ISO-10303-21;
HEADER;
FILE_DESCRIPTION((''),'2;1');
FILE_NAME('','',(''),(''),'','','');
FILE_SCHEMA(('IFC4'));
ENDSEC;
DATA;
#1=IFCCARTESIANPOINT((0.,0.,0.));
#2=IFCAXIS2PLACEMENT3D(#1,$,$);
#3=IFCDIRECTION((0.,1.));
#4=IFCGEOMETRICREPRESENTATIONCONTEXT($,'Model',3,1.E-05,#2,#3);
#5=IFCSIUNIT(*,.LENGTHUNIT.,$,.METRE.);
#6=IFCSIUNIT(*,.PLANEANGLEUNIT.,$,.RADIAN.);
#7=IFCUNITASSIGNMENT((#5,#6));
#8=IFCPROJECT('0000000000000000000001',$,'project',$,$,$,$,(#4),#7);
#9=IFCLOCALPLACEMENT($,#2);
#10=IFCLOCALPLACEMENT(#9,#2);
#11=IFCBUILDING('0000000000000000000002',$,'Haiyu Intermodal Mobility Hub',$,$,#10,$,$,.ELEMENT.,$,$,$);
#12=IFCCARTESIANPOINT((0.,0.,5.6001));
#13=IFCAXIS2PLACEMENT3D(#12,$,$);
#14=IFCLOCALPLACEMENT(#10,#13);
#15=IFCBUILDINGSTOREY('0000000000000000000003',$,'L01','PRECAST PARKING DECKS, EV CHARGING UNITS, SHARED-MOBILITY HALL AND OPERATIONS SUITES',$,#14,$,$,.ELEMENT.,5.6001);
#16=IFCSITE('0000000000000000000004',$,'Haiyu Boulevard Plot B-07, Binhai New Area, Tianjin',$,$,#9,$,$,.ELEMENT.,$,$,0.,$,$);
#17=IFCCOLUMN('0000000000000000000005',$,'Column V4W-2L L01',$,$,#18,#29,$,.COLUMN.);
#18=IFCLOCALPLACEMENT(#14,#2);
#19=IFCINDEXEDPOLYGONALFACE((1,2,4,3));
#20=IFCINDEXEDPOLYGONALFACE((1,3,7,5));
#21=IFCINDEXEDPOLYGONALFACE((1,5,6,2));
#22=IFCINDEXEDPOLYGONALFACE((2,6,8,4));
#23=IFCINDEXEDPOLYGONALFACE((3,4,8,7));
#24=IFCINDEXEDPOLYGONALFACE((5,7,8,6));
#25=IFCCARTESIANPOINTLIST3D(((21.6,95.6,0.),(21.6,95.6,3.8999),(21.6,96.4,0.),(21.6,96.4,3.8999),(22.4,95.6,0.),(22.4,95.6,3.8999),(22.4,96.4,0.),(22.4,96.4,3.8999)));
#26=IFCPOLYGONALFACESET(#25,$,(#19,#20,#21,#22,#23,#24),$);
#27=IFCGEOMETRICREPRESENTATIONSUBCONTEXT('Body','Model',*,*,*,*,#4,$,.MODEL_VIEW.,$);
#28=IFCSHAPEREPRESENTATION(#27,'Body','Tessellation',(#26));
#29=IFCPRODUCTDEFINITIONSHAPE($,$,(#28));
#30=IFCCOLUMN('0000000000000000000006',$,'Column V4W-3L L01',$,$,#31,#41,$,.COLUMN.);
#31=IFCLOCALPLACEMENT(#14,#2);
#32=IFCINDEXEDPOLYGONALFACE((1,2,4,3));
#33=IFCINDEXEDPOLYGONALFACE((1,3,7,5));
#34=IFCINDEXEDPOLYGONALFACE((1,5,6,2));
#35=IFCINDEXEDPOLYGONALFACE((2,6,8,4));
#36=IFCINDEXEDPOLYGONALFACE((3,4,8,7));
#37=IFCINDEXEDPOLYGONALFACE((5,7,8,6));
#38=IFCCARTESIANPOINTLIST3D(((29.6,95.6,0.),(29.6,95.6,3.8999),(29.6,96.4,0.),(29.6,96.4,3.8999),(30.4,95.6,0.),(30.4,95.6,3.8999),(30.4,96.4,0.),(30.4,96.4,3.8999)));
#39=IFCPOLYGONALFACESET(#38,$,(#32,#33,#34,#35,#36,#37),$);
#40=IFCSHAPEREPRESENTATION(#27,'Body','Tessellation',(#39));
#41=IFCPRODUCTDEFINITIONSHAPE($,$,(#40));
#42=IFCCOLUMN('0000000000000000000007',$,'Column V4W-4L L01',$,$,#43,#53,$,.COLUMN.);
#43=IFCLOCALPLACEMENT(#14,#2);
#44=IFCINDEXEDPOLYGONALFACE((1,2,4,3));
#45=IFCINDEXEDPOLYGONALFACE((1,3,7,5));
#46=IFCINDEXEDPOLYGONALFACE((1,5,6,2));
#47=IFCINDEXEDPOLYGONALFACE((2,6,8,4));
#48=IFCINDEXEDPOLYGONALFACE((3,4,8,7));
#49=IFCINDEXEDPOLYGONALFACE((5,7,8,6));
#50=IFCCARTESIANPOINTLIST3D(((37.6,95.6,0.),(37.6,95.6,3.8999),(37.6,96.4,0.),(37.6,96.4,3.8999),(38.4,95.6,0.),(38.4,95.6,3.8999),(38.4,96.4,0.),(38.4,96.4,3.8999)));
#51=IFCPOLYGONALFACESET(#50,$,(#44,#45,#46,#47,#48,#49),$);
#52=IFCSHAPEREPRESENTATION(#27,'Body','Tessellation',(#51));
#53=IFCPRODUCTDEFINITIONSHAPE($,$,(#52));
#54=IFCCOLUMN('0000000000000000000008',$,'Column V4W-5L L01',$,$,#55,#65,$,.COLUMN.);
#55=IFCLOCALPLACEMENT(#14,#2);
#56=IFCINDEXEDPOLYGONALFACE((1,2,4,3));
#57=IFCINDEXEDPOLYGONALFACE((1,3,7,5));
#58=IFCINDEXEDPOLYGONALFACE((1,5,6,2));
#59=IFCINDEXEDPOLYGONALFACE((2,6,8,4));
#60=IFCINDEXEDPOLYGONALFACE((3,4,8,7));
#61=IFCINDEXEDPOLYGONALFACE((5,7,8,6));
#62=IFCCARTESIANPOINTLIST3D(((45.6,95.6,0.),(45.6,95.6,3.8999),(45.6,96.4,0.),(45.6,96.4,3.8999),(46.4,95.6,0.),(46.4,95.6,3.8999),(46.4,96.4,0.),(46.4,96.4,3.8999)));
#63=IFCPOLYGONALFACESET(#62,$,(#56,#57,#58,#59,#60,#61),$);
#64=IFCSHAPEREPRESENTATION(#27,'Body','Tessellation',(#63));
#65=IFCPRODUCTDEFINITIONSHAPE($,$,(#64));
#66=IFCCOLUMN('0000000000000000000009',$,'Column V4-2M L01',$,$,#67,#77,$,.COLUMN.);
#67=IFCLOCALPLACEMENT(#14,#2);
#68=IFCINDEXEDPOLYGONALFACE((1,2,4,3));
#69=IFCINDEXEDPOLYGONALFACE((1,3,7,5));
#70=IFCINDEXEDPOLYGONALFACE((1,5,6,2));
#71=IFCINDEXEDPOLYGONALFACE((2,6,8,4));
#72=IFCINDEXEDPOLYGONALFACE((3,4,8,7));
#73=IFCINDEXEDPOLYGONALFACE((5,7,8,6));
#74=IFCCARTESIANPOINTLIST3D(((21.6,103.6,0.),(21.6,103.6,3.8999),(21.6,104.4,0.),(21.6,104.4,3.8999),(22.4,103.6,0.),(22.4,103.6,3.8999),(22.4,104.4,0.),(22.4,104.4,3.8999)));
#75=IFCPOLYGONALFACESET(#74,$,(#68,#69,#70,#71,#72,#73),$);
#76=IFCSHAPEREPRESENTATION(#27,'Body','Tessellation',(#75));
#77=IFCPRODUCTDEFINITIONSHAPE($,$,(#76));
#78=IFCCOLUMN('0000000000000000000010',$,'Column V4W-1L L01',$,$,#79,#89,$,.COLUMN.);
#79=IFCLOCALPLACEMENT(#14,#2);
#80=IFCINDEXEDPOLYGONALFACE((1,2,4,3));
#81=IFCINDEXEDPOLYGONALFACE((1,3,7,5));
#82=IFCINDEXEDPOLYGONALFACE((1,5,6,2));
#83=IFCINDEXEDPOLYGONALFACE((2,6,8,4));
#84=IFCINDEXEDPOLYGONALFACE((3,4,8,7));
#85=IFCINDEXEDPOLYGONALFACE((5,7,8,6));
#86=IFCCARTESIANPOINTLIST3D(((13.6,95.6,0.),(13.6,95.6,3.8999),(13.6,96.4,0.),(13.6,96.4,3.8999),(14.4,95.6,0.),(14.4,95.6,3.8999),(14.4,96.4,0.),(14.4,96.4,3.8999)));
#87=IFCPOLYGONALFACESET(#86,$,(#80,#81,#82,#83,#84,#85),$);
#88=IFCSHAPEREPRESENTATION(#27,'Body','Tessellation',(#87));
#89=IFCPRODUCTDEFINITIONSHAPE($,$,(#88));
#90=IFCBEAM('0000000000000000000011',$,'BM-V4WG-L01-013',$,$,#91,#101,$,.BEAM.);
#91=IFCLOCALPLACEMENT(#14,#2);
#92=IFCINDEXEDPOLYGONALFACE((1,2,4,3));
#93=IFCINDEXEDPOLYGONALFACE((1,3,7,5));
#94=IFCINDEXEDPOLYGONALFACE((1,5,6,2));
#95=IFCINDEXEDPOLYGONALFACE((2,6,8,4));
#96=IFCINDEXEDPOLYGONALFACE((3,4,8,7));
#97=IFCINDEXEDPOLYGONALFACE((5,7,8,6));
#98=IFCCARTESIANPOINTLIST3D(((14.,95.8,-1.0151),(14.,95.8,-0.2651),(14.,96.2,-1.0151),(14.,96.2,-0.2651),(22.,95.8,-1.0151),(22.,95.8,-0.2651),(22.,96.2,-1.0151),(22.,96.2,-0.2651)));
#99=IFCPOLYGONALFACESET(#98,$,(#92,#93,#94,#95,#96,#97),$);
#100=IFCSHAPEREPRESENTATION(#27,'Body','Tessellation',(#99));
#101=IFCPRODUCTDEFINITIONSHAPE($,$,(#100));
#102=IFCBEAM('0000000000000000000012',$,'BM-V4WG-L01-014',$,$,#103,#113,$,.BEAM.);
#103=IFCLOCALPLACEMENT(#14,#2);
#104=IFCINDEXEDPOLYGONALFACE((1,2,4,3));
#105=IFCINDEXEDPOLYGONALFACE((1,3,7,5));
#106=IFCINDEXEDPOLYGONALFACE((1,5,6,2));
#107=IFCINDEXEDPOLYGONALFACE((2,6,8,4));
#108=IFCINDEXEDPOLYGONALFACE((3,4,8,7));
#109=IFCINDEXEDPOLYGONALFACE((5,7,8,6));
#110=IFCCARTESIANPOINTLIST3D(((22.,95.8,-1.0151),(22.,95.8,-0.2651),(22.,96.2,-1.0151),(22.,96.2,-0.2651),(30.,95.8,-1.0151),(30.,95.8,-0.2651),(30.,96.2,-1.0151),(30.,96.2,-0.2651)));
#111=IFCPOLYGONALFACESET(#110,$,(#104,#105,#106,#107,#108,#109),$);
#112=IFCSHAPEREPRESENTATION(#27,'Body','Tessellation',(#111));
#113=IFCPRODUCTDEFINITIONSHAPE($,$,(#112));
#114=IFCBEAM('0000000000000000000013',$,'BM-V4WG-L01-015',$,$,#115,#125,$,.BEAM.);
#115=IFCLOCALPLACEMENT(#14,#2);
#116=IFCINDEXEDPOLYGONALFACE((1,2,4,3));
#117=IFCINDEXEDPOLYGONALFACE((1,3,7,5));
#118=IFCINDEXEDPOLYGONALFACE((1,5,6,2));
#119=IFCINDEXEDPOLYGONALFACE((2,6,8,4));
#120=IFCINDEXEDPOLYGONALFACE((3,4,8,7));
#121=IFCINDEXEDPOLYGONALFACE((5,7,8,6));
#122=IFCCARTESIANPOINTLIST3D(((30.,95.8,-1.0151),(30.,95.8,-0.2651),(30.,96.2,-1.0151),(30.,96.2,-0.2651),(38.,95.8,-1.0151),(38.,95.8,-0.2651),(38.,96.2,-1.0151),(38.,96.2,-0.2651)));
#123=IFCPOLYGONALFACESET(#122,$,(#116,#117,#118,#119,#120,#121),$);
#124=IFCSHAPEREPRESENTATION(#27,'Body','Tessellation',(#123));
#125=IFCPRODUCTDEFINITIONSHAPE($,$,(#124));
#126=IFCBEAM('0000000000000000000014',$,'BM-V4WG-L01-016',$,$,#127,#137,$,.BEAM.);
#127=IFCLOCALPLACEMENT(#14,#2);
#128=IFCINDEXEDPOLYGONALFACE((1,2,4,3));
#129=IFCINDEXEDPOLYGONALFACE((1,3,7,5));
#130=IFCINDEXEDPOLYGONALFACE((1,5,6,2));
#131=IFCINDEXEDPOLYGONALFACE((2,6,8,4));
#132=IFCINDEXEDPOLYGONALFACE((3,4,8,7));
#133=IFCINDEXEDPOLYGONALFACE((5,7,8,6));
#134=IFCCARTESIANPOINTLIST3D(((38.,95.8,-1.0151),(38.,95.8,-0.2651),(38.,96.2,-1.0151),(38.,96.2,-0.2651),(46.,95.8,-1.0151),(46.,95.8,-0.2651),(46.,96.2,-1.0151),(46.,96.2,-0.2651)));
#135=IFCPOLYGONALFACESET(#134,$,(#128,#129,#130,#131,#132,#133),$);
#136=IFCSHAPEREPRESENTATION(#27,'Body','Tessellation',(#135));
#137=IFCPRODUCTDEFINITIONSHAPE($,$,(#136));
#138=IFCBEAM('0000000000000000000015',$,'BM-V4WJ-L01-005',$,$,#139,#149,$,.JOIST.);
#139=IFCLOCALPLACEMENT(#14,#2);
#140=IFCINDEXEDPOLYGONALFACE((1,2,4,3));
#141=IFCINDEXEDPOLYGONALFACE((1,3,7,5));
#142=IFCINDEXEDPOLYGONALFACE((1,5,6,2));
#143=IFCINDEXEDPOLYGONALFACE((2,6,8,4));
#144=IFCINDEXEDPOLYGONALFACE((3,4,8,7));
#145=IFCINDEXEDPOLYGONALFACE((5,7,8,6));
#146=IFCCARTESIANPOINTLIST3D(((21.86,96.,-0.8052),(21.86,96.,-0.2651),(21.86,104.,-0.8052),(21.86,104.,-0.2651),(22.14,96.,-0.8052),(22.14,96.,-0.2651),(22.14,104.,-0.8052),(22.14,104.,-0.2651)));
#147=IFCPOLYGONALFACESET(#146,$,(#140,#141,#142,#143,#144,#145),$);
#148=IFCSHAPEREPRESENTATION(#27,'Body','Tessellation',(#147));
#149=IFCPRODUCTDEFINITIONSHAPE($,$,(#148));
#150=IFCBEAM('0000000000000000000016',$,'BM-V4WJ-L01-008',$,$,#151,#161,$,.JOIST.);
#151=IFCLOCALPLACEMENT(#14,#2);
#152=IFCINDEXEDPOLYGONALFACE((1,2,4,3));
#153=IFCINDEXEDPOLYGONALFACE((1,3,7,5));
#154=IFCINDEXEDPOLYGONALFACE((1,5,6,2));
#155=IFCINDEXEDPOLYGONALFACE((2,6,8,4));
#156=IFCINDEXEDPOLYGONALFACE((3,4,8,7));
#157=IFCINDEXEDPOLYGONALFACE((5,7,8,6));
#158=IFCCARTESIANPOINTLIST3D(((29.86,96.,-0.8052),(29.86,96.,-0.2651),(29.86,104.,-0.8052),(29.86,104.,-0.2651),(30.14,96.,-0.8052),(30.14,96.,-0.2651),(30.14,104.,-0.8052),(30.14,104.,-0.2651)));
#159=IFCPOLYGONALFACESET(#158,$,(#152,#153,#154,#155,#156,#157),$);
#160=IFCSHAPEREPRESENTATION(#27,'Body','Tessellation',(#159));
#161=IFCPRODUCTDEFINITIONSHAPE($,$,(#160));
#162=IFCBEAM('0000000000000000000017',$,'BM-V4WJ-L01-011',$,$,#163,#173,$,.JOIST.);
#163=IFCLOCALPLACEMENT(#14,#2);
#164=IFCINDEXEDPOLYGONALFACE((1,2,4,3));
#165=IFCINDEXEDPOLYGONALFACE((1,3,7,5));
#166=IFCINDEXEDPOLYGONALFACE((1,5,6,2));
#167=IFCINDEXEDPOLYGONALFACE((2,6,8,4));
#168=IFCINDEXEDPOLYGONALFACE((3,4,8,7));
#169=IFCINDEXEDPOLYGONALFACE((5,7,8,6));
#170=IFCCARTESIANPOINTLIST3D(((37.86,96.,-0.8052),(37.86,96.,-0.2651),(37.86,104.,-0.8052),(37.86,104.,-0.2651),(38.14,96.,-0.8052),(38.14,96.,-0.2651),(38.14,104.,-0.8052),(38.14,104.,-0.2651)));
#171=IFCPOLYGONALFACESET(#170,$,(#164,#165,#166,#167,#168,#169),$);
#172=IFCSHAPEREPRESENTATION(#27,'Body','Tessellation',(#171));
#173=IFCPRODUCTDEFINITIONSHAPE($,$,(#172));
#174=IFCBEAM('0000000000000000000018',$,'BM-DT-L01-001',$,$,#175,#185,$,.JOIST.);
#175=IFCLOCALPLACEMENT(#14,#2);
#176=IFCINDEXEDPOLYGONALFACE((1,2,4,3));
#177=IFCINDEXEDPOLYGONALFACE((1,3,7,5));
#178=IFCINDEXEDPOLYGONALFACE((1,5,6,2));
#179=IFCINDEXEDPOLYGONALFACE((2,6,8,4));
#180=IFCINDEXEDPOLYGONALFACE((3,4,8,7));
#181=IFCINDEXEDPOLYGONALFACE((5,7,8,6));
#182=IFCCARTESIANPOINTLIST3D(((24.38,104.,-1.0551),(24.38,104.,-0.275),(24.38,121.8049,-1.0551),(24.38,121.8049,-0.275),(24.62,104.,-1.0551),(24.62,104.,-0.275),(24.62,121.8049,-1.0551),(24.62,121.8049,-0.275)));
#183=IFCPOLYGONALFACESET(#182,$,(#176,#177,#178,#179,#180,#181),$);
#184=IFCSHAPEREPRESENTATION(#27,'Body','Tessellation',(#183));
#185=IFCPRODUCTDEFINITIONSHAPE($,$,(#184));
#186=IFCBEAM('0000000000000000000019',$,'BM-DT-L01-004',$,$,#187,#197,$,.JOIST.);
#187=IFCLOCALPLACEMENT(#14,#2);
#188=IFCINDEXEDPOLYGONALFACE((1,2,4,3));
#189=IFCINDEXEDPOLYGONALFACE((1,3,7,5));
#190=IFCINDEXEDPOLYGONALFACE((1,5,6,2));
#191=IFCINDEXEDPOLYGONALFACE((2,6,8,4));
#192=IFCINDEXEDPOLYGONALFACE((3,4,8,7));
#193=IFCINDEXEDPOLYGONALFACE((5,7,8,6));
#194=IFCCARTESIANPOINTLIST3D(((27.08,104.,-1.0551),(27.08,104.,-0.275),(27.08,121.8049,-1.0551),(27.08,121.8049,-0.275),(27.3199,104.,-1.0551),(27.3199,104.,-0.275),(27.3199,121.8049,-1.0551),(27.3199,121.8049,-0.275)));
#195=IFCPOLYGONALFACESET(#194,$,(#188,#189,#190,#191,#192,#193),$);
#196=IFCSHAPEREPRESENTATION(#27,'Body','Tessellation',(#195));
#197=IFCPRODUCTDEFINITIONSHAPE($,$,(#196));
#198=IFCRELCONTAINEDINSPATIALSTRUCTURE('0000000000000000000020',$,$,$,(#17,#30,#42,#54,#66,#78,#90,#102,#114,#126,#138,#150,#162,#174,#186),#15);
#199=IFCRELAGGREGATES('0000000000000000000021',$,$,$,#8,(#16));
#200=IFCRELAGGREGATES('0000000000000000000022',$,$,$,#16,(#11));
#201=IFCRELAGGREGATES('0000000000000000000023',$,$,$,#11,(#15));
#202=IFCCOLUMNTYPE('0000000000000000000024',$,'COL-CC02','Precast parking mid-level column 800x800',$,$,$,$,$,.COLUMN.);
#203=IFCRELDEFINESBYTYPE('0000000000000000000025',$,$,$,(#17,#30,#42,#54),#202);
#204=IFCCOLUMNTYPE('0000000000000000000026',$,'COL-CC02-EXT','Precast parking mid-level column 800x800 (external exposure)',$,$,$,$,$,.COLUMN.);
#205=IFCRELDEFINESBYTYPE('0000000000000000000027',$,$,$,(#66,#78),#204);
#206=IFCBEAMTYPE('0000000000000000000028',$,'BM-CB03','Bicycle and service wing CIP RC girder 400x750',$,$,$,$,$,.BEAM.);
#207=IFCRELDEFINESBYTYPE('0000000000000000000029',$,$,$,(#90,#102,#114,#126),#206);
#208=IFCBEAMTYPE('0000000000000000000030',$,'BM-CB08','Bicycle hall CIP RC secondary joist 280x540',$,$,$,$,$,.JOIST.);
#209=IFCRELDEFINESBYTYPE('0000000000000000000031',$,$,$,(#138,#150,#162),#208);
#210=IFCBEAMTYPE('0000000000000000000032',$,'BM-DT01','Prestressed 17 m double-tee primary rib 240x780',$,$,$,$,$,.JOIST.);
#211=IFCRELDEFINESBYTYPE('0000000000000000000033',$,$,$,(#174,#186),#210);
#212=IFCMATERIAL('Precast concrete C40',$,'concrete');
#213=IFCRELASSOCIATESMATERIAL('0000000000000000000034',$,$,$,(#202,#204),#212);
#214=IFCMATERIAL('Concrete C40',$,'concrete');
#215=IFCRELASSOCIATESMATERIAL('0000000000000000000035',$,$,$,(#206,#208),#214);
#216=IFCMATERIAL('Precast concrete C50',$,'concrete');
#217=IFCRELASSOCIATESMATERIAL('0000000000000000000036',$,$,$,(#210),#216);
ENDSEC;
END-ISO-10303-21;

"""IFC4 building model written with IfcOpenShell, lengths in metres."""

from ifc_helpers import new_model, si_unit, direction, frame, origin, origin_2d, place, context, subcontext, project, spatial, rectangle, extrude, material, material_profile, profile_set, type_object, element, save


model = new_model("IFC4")

# Units and contexts
model_context = context("Model", 3, precision=1e-05, world=origin(), true_north=direction((0.0, 1.0)))
body_context = subcontext(model_context, "Body", "Model", "MODEL_VIEW")
ifc_project = project(units=[si_unit("LENGTHUNIT", "METRE"), si_unit("PLANEANGLEUNIT", "RADIAN")], contexts=[model_context])

# Site, building, storey
site_placement = place(None, origin())
site = spatial("IfcSite", under=ifc_project, at=site_placement, Name="Haiyu Boulevard Plot B-07, Binhai New Area, Tianjin", CompositionType="ELEMENT", RefElevation=0.0)
building_placement = place(site_placement, origin())
building = spatial("IfcBuilding", under=site, at=building_placement, Name="Haiyu Intermodal Mobility Hub", CompositionType="ELEMENT")
storey_placement = place(building_placement, frame((0.0, 0.0, 5.6001)))
storey = spatial("IfcBuildingStorey", under=building, at=storey_placement, Name="L01", Description="PRECAST PARKING DECKS, EV CHARGING UNITS, SHARED-MOBILITY HALL AND OPERATIONS SUITES", CompositionType="ELEMENT", Elevation=5.6001)

# Columns
ifc_material_1 = material(Name="Precast concrete C40", Category="concrete")
ifc_material_profile_1 = material_profile(ifc_material_1, rectangle(XDim=0.8, YDim=0.8, at=origin_2d()), Name="RC800x800")
ifc_profile_set_1 = profile_set([ifc_material_profile_1], Name="Precast concrete C40")
column_type_1 = type_object("IfcColumnType", Name="COL-CC02", Description="Precast parking mid-level column 800x800", PredefinedType="COLUMN", material=ifc_profile_set_1)
for number, where, z_axis, x_axis, name in (
    (1, (22.0, 96.0, 0.0), (0.0, 0.0, 1.0), (1.0, 0.0, 0.0), "Column V4W-2L L01"),
    (2, (30.0, 96.0, 0.0), (0.0, 0.0, 1.0), (1.0, 0.0, 0.0), "Column V4W-3L L01"),
    (3, (38.0, 96.0, 0.0), (0.0, 0.0, 1.0), (1.0, 0.0, 0.0), "Column V4W-4L L01"),
    (4, (46.0, 96.0, 0.0), (0.0, 0.0, 1.0), (1.0, 0.0, 0.0), "Column V4W-5L L01"),
):
    element("IfcColumn", number, at=place(storey_placement, frame(where, z_axis=z_axis, x_axis=x_axis)), inside=storey, type_object=column_type_1, Name=name, PredefinedType="COLUMN", context=body_context, shape_type="SweptSolid", body=[
        extrude(rectangle(XDim=0.8, YDim=0.8, at=origin_2d()), origin(), (0.0, 0.0, 1.0), 3.8999),
    ])
ifc_material_profile_2 = material_profile(ifc_material_1, rectangle(XDim=0.8, YDim=0.8, at=origin_2d()), Name="RC800x800")
ifc_profile_set_2 = profile_set([ifc_material_profile_2], Name="Precast concrete C40")
column_type_2 = type_object("IfcColumnType", Name="COL-CC02-EXT", Description="Precast parking mid-level column 800x800 (external exposure)", PredefinedType="COLUMN", material=ifc_profile_set_2)
for number, where, z_axis, x_axis, name in (
    (5, (22.0, 104.0, 0.0), (0.0, 0.0, 1.0), (1.0, 0.0, 0.0), "Column V4-2M L01"),
    (6, (14.0, 96.0, 0.0), (0.0, 0.0, 1.0), (1.0, 0.0, 0.0), "Column V4W-1L L01"),
):
    element("IfcColumn", number, at=place(storey_placement, frame(where, z_axis=z_axis, x_axis=x_axis)), inside=storey, type_object=column_type_2, Name=name, PredefinedType="COLUMN", context=body_context, shape_type="SweptSolid", body=[
        extrude(rectangle(XDim=0.8, YDim=0.8, at=origin_2d()), origin(), (0.0, 0.0, 1.0), 3.8999),
    ])

# Beams
ifc_material_2 = material(Name="Concrete C40", Category="concrete")
ifc_material_profile_3 = material_profile(ifc_material_2, rectangle(XDim=0.3999, YDim=0.75, at=origin_2d()), Name="RCB400x750")
ifc_profile_set_3 = profile_set([ifc_material_profile_3], Name="Concrete C40")
beam_type_1 = type_object("IfcBeamType", Name="BM-CB03", Description="Bicycle and service wing CIP RC girder 400x750", PredefinedType="BEAM", material=ifc_profile_set_3)
for number, where, z_axis, x_axis, name in (
    (7, (14.0, 96.0, -0.6401), (1.0, 0.0, 0.0), (0.0, 1.0, 0.0), "BM-V4WG-L01-013"),
    (8, (22.0, 96.0, -0.6401), (1.0, 0.0, 0.0), (0.0, 1.0, 0.0), "BM-V4WG-L01-014"),
    (9, (30.0, 96.0, -0.6401), (1.0, 0.0, 0.0), (0.0, 1.0, 0.0), "BM-V4WG-L01-015"),
    (10, (38.0, 96.0, -0.6401), (1.0, 0.0, 0.0), (0.0, 1.0, 0.0), "BM-V4WG-L01-016"),
):
    element("IfcBeam", number, at=place(storey_placement, frame(where, z_axis=z_axis, x_axis=x_axis)), inside=storey, type_object=beam_type_1, Name=name, PredefinedType="BEAM", context=body_context, shape_type="SweptSolid", body=[
        extrude(rectangle(XDim=0.3999, YDim=0.75, at=origin_2d()), origin(), (0.0, 0.0, 1.0), 8.0),
    ])
ifc_material_profile_4 = material_profile(ifc_material_2, rectangle(XDim=0.28, YDim=0.54, at=origin_2d()), Name="RCB280x540")
ifc_profile_set_4 = profile_set([ifc_material_profile_4], Name="Concrete C40")
beam_type_2 = type_object("IfcBeamType", Name="BM-CB08", Description="Bicycle hall CIP RC secondary joist 280x540", PredefinedType="JOIST", material=ifc_profile_set_4)
for number, where, z_axis, x_axis, name in (
    (11, (22.0, 96.0, -0.5352), (0.0, 1.0, 0.0), (-1.0, 0.0, 0.0), "BM-V4WJ-L01-005"),
    (12, (30.0, 96.0, -0.5352), (0.0, 1.0, 0.0), (-1.0, 0.0, 0.0), "BM-V4WJ-L01-008"),
    (13, (38.0, 96.0, -0.5352), (0.0, 1.0, 0.0), (-1.0, 0.0, 0.0), "BM-V4WJ-L01-011"),
):
    element("IfcBeam", number, at=place(storey_placement, frame(where, z_axis=z_axis, x_axis=x_axis)), inside=storey, type_object=beam_type_2, Name=name, PredefinedType="JOIST", context=body_context, shape_type="SweptSolid", body=[
        extrude(rectangle(XDim=0.28, YDim=0.54, at=origin_2d()), origin(), (0.0, 0.0, 1.0), 8.0),
    ])
ifc_material_3 = material(Name="Precast concrete C50", Category="concrete")
ifc_material_profile_5 = material_profile(ifc_material_3, rectangle(XDim=0.24, YDim=0.78, at=origin_2d()), Name="PC240x780")
ifc_profile_set_5 = profile_set([ifc_material_profile_5], Name="Precast concrete C50")
beam_type_3 = type_object("IfcBeamType", Name="BM-DT01", Description="Prestressed 17 m double-tee primary rib 240x780", PredefinedType="JOIST", material=ifc_profile_set_5)
for number, where, z_axis, x_axis, name in (
    (14, (24.5, 104.0, -0.665), (0.0, 1.0, 0.0), (-1.0, 0.0, 0.0), "BM-DT-L01-001"),
    (15, (27.2, 104.0, -0.665), (0.0, 1.0, 0.0), (-1.0, 0.0, 0.0), "BM-DT-L01-004"),
):
    element("IfcBeam", number, at=place(storey_placement, frame(where, z_axis=z_axis, x_axis=x_axis)), inside=storey, type_object=beam_type_3, Name=name, PredefinedType="JOIST", context=body_context, shape_type="SweptSolid", body=[
        extrude(rectangle(XDim=0.24, YDim=0.78, at=origin_2d()), origin(), (0.0, 0.0, 1.0), 17.8049),
    ])

save(model, "model.ifc")
